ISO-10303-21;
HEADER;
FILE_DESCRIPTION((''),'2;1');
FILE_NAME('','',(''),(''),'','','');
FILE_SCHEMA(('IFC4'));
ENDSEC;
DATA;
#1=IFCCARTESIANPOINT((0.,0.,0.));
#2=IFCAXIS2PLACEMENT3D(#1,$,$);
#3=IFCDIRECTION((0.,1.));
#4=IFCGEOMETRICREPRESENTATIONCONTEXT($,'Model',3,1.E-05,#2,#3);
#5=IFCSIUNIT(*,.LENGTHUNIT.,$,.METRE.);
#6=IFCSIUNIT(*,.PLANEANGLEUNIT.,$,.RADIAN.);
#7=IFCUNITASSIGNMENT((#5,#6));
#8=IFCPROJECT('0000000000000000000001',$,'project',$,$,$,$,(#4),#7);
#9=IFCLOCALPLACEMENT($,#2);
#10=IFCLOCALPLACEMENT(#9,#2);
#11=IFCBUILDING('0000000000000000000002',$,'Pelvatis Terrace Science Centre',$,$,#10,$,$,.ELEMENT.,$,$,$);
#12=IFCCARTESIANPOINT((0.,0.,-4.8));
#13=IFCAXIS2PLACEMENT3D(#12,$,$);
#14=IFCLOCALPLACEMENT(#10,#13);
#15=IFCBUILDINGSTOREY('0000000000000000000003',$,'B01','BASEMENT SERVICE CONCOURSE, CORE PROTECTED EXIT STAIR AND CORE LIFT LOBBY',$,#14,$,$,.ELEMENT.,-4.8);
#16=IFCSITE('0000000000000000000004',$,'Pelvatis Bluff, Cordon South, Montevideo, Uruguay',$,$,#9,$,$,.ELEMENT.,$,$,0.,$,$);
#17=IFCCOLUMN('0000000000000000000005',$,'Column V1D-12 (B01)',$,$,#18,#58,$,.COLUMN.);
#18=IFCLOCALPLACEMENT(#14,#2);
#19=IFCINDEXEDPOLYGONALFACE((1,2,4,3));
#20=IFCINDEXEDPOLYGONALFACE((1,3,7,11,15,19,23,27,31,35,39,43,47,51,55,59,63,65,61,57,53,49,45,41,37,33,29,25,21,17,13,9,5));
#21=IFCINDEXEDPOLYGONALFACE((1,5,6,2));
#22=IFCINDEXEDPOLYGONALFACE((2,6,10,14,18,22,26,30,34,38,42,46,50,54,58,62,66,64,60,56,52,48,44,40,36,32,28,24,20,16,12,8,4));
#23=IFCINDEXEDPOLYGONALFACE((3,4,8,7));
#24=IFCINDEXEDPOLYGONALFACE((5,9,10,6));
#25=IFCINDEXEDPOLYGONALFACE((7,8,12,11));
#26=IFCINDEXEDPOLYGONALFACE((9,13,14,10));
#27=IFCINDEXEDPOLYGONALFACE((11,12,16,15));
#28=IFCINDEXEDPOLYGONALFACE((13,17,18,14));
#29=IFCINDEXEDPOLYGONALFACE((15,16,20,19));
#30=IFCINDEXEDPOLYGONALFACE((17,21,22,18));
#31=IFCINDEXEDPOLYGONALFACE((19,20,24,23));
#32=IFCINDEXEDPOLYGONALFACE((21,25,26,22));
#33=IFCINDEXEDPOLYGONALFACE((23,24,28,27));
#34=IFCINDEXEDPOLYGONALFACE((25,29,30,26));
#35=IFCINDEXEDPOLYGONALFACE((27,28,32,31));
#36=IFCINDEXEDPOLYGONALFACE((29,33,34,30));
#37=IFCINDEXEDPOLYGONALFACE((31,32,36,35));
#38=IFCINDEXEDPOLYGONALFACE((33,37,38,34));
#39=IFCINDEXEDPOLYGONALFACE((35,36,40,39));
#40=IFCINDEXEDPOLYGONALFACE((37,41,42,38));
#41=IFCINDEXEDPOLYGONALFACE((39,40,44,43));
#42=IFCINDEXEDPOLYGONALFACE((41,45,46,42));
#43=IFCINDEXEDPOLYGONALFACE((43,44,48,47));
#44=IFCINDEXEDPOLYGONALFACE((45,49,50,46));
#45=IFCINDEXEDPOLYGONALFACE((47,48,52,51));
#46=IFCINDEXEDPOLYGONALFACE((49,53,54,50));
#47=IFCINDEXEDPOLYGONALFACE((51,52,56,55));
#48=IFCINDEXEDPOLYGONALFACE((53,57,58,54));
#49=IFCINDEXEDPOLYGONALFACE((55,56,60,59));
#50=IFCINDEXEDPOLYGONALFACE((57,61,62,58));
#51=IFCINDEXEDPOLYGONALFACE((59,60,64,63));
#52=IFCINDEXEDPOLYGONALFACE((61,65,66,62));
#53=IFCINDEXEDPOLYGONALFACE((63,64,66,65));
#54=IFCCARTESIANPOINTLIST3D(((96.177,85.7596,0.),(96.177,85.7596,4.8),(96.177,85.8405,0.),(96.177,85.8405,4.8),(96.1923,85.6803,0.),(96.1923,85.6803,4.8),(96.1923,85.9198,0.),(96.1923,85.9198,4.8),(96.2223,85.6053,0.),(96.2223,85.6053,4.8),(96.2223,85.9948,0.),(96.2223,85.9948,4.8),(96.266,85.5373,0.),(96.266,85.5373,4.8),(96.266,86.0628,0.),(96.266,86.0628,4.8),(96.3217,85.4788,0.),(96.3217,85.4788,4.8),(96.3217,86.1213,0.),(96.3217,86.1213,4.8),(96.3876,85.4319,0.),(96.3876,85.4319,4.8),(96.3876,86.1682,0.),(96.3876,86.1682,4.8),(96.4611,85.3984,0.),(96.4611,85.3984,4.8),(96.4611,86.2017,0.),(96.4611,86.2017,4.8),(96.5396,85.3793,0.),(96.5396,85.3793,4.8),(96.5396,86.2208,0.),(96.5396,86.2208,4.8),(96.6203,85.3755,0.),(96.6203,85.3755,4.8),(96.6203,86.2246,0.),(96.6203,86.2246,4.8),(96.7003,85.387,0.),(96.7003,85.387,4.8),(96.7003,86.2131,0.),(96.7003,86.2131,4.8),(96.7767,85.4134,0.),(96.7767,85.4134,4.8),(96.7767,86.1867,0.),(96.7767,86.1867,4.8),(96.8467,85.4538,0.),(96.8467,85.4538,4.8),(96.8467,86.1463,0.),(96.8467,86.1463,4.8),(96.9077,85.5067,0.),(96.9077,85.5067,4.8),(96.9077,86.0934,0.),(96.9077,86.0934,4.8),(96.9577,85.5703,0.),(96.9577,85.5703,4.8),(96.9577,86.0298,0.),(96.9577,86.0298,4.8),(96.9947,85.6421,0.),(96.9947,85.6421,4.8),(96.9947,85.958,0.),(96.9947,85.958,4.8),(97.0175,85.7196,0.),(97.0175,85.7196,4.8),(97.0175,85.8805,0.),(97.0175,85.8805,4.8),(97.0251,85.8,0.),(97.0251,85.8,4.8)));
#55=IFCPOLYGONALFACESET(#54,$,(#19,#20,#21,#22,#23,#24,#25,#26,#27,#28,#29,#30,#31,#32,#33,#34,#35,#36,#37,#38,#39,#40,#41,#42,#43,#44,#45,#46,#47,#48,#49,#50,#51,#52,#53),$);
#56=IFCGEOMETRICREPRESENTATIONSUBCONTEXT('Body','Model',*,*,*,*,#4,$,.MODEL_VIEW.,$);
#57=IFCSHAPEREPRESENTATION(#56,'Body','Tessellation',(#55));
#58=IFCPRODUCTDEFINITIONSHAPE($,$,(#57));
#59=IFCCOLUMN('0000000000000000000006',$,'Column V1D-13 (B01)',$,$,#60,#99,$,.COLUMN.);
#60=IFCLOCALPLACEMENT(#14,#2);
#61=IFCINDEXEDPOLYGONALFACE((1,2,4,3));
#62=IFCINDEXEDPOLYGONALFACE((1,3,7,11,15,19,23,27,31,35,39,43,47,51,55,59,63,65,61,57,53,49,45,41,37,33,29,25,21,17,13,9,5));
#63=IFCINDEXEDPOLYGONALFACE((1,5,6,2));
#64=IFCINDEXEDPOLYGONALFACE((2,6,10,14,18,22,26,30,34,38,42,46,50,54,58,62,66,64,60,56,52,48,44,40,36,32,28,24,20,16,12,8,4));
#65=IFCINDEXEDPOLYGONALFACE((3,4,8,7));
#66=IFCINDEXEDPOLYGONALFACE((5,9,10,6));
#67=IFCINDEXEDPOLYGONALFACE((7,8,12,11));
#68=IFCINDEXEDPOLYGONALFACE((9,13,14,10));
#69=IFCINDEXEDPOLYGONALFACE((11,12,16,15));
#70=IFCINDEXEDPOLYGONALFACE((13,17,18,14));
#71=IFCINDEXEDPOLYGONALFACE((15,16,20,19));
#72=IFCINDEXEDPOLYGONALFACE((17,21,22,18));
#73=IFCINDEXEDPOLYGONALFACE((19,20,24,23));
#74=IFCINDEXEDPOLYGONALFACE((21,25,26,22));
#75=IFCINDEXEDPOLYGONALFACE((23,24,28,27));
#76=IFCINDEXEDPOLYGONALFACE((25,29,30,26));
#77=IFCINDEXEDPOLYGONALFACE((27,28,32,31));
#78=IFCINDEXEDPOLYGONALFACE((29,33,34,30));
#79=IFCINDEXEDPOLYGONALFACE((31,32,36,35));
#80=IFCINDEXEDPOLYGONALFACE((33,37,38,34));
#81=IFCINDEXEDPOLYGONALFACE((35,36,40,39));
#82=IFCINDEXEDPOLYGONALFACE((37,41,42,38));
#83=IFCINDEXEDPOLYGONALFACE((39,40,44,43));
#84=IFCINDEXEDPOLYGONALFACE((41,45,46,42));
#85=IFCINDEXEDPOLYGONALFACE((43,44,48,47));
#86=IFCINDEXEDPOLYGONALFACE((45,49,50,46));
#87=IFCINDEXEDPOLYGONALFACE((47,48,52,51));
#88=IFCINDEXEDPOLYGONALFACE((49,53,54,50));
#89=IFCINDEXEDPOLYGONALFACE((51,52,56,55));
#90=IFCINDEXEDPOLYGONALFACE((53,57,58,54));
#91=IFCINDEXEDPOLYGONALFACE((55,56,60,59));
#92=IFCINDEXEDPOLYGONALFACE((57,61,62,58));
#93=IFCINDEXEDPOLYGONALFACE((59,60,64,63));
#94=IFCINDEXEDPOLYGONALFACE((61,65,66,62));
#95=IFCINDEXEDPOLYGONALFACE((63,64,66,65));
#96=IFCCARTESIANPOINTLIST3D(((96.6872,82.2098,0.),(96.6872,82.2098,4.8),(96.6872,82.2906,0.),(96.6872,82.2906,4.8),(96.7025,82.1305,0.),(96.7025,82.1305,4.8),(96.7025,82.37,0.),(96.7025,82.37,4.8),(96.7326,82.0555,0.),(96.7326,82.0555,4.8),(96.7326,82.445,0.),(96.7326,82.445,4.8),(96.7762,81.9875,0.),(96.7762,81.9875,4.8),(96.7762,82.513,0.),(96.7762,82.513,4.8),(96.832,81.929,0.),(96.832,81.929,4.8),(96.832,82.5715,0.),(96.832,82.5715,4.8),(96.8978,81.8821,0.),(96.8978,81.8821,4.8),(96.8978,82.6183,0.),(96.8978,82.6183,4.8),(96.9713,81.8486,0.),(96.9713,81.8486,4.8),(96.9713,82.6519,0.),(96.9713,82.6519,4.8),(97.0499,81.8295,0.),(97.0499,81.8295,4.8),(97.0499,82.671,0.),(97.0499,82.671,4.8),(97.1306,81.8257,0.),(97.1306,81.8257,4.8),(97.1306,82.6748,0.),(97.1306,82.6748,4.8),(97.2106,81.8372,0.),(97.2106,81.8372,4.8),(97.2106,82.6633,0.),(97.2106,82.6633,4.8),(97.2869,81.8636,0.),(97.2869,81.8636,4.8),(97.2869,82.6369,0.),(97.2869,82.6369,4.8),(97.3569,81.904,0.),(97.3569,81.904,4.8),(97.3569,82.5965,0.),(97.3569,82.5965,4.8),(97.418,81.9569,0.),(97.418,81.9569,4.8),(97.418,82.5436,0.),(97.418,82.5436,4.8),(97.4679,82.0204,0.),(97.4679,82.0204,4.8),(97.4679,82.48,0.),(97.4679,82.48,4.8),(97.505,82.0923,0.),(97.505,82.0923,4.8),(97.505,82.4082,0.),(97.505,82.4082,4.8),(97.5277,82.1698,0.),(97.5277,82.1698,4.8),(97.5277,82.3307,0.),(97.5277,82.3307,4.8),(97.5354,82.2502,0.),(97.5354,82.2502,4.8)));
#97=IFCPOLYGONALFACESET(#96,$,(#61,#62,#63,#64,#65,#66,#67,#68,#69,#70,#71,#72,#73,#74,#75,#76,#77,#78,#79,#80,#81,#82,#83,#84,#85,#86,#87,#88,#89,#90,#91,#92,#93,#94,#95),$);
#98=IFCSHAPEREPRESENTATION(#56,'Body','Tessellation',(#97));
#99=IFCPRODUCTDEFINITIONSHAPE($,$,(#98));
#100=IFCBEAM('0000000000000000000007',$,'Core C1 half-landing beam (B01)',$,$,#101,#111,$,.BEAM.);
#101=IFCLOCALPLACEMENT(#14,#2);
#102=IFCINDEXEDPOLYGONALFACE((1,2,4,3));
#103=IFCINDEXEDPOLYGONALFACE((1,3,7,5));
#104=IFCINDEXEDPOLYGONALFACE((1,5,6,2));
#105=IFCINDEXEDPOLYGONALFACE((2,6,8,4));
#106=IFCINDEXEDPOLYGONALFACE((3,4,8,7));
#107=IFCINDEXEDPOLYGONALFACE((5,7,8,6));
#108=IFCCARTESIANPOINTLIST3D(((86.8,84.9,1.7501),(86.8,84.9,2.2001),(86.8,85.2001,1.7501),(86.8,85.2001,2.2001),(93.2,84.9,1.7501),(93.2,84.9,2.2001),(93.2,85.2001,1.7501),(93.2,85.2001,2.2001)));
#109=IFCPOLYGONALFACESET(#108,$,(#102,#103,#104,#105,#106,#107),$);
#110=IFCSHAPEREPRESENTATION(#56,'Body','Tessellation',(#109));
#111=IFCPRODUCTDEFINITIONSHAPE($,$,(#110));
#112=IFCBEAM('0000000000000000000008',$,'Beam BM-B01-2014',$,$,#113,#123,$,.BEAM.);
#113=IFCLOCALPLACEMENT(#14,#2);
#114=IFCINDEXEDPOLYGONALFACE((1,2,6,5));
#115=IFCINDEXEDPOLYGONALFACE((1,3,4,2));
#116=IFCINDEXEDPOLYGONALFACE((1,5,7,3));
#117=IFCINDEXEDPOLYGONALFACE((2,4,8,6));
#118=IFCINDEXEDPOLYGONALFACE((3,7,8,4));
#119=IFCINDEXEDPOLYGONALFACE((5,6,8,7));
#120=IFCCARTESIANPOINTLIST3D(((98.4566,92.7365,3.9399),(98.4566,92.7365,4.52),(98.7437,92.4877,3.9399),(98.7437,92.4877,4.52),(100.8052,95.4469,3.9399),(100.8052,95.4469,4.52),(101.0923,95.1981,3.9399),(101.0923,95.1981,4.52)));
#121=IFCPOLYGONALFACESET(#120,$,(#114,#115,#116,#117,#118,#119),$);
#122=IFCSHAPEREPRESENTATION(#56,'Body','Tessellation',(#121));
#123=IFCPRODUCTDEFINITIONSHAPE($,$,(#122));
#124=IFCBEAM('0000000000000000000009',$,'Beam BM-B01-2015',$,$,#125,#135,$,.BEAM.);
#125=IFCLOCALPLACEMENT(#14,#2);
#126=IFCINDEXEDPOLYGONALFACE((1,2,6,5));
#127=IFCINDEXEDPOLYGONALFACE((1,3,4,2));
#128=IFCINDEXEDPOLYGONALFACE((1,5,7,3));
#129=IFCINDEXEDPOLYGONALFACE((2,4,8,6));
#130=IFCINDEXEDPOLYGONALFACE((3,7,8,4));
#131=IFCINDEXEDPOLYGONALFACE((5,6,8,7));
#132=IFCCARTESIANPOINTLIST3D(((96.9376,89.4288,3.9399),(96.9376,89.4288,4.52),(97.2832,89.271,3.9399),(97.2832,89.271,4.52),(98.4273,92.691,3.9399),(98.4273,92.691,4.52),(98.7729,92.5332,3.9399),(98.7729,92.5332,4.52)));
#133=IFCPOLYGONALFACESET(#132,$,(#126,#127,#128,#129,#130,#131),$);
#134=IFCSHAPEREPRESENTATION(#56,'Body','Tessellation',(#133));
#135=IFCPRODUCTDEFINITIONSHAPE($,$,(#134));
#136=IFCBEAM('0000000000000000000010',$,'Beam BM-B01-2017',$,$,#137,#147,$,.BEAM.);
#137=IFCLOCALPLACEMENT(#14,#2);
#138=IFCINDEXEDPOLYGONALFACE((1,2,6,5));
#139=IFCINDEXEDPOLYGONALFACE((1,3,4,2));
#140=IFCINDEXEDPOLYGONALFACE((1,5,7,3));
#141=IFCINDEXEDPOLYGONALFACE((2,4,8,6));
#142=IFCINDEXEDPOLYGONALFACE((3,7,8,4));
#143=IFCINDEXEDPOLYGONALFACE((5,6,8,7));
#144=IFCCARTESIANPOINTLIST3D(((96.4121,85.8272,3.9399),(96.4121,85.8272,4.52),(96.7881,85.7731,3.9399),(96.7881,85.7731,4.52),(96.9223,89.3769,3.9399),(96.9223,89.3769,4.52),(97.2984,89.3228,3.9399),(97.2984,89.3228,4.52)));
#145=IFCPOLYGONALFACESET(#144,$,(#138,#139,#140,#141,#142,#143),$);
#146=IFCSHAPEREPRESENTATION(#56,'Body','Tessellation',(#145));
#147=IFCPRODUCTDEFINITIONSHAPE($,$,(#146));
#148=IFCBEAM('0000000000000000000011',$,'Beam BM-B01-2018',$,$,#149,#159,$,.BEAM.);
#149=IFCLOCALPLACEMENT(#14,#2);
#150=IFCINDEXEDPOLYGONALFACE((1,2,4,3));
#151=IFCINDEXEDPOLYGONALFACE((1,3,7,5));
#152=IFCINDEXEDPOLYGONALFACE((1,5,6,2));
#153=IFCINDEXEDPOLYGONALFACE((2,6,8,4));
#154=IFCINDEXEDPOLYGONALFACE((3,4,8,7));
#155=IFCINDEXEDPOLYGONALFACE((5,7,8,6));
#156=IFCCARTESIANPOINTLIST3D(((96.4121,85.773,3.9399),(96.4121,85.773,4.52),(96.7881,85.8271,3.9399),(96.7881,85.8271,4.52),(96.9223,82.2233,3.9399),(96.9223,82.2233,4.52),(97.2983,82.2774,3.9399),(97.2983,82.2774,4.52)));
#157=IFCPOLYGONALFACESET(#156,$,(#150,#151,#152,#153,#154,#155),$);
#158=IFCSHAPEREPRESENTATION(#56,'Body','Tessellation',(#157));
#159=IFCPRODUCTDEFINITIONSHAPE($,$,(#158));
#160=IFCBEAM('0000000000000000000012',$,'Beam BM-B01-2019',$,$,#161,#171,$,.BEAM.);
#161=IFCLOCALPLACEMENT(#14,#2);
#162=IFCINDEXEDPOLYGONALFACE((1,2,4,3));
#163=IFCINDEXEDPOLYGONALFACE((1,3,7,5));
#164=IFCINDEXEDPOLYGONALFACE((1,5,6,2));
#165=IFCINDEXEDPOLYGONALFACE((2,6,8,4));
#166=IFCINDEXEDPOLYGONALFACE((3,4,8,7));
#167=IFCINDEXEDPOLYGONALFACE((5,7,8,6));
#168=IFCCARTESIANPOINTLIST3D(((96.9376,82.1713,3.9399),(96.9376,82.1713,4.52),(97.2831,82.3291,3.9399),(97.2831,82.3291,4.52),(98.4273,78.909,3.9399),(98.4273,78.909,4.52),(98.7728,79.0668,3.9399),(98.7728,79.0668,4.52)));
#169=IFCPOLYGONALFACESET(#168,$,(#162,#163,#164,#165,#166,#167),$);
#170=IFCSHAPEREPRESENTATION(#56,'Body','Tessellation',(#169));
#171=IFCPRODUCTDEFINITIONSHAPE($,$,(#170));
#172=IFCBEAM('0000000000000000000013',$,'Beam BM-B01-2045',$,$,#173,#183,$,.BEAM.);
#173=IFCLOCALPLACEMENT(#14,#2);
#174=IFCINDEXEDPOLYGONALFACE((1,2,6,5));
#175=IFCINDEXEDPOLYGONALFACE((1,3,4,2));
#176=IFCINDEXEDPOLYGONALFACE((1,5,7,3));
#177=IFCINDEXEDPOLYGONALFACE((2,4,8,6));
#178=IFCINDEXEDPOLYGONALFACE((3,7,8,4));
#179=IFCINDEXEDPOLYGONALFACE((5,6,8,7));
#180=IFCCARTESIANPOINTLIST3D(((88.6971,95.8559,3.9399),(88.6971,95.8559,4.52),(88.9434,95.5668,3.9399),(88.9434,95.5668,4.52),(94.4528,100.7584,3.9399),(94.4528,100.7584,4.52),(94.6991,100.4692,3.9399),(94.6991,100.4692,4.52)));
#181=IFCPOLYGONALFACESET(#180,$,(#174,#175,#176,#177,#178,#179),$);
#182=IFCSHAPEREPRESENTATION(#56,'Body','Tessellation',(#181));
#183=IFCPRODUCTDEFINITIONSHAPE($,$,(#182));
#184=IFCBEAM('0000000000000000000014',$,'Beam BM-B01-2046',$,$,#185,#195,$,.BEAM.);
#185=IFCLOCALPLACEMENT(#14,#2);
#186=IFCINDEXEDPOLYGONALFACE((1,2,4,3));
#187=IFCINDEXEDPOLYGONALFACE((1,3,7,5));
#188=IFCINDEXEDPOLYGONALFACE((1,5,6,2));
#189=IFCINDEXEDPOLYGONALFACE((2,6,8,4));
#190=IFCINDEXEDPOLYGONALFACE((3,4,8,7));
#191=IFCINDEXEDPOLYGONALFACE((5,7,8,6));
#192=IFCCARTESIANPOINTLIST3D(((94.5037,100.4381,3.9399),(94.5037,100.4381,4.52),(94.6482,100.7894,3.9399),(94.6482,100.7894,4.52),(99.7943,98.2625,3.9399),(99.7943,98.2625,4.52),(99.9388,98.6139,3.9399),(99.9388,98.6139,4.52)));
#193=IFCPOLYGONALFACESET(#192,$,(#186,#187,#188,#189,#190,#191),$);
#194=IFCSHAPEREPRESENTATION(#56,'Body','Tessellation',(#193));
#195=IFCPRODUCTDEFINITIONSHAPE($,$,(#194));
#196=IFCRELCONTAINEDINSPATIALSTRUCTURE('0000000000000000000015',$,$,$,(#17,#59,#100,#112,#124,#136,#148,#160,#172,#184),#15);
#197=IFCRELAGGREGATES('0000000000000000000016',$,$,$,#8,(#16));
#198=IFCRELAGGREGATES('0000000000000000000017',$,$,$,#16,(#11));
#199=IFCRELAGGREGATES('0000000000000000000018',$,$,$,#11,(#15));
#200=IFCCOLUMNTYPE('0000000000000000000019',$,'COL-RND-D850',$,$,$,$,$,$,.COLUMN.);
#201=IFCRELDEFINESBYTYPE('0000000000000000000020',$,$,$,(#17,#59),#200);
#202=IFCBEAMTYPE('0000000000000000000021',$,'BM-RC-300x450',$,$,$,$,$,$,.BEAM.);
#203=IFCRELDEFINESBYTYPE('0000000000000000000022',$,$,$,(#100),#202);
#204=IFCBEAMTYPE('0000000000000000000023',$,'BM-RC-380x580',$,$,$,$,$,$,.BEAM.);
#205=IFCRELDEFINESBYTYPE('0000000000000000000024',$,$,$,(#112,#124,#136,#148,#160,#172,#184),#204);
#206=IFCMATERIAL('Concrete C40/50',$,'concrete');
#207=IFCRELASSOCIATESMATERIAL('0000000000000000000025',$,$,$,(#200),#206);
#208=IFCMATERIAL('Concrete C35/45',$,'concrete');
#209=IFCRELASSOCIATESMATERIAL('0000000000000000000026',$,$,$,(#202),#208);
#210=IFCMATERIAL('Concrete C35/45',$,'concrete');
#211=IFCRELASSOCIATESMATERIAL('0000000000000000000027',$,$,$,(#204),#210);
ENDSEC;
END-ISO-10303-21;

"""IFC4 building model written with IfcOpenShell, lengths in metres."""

from ifc_helpers import new_model, si_unit, direction, frame, origin, origin_2d, place, context, subcontext, project, spatial, rectangle, circle, extrude, material, material_profile, profile_set, type_object, element, save


model = new_model("IFC4")

# Units and contexts
model_context = context("Model", 3, precision=1e-05, world=origin(), true_north=direction((0.0, 1.0)))
body_context = subcontext(model_context, "Body", "Model", "MODEL_VIEW")
ifc_project = project(units=[si_unit("LENGTHUNIT", "METRE"), si_unit("PLANEANGLEUNIT", "RADIAN")], contexts=[model_context])

# Site, building, storey
site_placement = place(None, origin())
site = spatial("IfcSite", under=ifc_project, at=site_placement, Name="Pelvatis Bluff, Cordon South, Montevideo, Uruguay", CompositionType="ELEMENT", RefElevation=0.0)
building_placement = place(site_placement, origin())
building = spatial("IfcBuilding", under=site, at=building_placement, Name="Pelvatis Terrace Science Centre", CompositionType="ELEMENT")
storey_placement = place(building_placement, frame((0.0, 0.0, -4.8)))
storey = spatial("IfcBuildingStorey", under=building, at=storey_placement, Name="B01", Description="BASEMENT SERVICE CONCOURSE, CORE PROTECTED EXIT STAIR AND CORE LIFT LOBBY", CompositionType="ELEMENT", Elevation=-4.8)

# Columns
ifc_material_1 = material(Name="Concrete C40/50", Category="concrete")
ifc_material_profile_1 = material_profile(ifc_material_1, circle(Radius=0.425, at=origin_2d()), Name="RC-RCOL D850")
ifc_profile_set_1 = profile_set([ifc_material_profile_1], Name="Concrete C40/50")
column_type_1 = type_object("IfcColumnType", Name="COL-RND-D850", PredefinedType="COLUMN", material=ifc_profile_set_1)
for number, where, z_axis, x_axis, name in (
    (1, (96.6001, 85.8, 0.0), (0.0, 0.0, 1.0), (1.0, 0.0, 0.0), "Column V1D-12 (B01)"),
    (2, (97.1104, 82.2502, 0.0), (0.0, 0.0, 1.0), (1.0, 0.0, 0.0), "Column V1D-13 (B01)"),
):
    element("IfcColumn", number, at=place(storey_placement, frame(where, z_axis=z_axis, x_axis=x_axis)), inside=storey, type_object=column_type_1, Name=name, PredefinedType="COLUMN", context=body_context, shape_type="SweptSolid", body=[
        extrude(circle(Radius=0.425, at=origin_2d()), origin(), (0.0, 0.0, 1.0), 4.8),
    ])

# Beams
ifc_material_2 = material(Name="Concrete C35/45", Category="concrete")
ifc_material_profile_2 = material_profile(ifc_material_2, rectangle(XDim=0.3, YDim=0.45, at=origin_2d()), Name="RC-BM 300x450")
ifc_profile_set_2 = profile_set([ifc_material_profile_2], Name="Concrete C35/45")
beam_type_1 = type_object("IfcBeamType", Name="BM-RC-300x450", PredefinedType="BEAM", material=ifc_profile_set_2)
beam_1_placement = place(storey_placement, frame((86.8, 85.05, 1.9751), z_axis=(1.0, 0.0, 0.0), x_axis=(0.0, 1.0, 0.0)))
element("IfcBeam", 3, at=beam_1_placement, inside=storey, type_object=beam_type_1, Name="Core C1 half-landing beam (B01)", PredefinedType="BEAM", context=body_context, shape_type="SweptSolid", body=[
    extrude(rectangle(XDim=0.3, YDim=0.45, at=origin_2d()), origin(), (0.0, 0.0, 1.0), 6.3999),
])
ifc_material_3 = material(Name="Concrete C35/45", Category="concrete")
ifc_material_profile_3 = material_profile(ifc_material_3, rectangle(XDim=0.3799, YDim=0.5801, at=origin_2d()), Name="RC-BM 380x580")
ifc_profile_set_3 = profile_set([ifc_material_profile_3], Name="Concrete C35/45")
beam_type_2 = type_object("IfcBeamType", Name="BM-RC-380x580", PredefinedType="BEAM", material=ifc_profile_set_3)
beam_2_placement = place(storey_placement, frame((100.9487, 95.3225, 4.23), z_axis=(-0.654863, -0.755747, 0.0), x_axis=(0.755747, -0.654863, 0.0)))
element("IfcBeam", 4, at=beam_2_placement, inside=storey, type_object=beam_type_2, Name="Beam BM-B01-2014", PredefinedType="BEAM", context=body_context, shape_type="SweptSolid", body=[
    extrude(rectangle(XDim=0.3799, YDim=0.5801, at=origin_2d()), origin(), (0.0, 0.0, 1.0), 3.5864),
])
for number, where, z_axis, x_axis, name in (
    (5, (98.6001, 92.6121, 4.23), (-0.415403, -0.909638, 0.0), (0.909638, -0.415403, 0.0), "Beam BM-B01-2015"),
    (6, (97.1104, 89.3499, 4.23), (-0.142279, -0.989827, 0.0), (0.989827, -0.142279, 0.0), "Beam BM-B01-2017"),
    (7, (96.6001, 85.8, 4.23), (0.142279, -0.989827, 0.0), (0.989827, 0.142279, 0.0), "Beam BM-B01-2018"),
):
    element("IfcBeam", number, at=place(storey_placement, frame(where, z_axis=z_axis, x_axis=x_axis)), inside=storey, type_object=beam_type_2, Name=name, PredefinedType="BEAM", context=body_context, shape_type="SweptSolid", body=[
        extrude(rectangle(XDim=0.3799, YDim=0.5801, at=origin_2d()), origin(), (0.0, 0.0, 1.0), 3.5862),
    ])
beam_3_placement = place(storey_placement, frame((97.1104, 82.2502, 4.23), z_axis=(0.415377, -0.909649, 0.0), x_axis=(0.909649, 0.415377, 0.0)))
element("IfcBeam", 8, at=beam_3_placement, inside=storey, type_object=beam_type_2, Name="Beam BM-B01-2019", PredefinedType="BEAM", context=body_context, shape_type="SweptSolid", body=[
    extrude(rectangle(XDim=0.3799, YDim=0.5801, at=origin_2d()), origin(), (0.0, 0.0, 1.0), 3.5864),
])
beam_4_placement = place(storey_placement, frame((94.5759, 100.6138, 4.23), z_axis=(-0.761282, -0.648421, 0.0), x_axis=(0.648421, -0.761282, 0.0)))
element("IfcBeam", 9, at=beam_4_placement, inside=storey, type_object=beam_type_2, Name="Beam BM-B01-2045", PredefinedType="BEAM", context=body_context, shape_type="SweptSolid", body=[
    extrude(rectangle(XDim=0.3799, YDim=0.5801, at=origin_2d()), origin(), (0.0, 0.0, 1.0), 7.5605),
])
beam_5_placement = place(storey_placement, frame((94.5759, 100.6138, 4.23), z_axis=(0.924857, -0.380314, 0.0), x_axis=(0.380314, 0.924857, 0.0)))
element("IfcBeam", 10, at=beam_5_placement, inside=storey, type_object=beam_type_2, Name="Beam BM-B01-2046", PredefinedType="BEAM", context=body_context, shape_type="SweptSolid", body=[
    extrude(rectangle(XDim=0.3799, YDim=0.5801, at=origin_2d()), origin(), (0.0, 0.0, 1.0), 5.7205),
])

save(model, "model.ifc")
